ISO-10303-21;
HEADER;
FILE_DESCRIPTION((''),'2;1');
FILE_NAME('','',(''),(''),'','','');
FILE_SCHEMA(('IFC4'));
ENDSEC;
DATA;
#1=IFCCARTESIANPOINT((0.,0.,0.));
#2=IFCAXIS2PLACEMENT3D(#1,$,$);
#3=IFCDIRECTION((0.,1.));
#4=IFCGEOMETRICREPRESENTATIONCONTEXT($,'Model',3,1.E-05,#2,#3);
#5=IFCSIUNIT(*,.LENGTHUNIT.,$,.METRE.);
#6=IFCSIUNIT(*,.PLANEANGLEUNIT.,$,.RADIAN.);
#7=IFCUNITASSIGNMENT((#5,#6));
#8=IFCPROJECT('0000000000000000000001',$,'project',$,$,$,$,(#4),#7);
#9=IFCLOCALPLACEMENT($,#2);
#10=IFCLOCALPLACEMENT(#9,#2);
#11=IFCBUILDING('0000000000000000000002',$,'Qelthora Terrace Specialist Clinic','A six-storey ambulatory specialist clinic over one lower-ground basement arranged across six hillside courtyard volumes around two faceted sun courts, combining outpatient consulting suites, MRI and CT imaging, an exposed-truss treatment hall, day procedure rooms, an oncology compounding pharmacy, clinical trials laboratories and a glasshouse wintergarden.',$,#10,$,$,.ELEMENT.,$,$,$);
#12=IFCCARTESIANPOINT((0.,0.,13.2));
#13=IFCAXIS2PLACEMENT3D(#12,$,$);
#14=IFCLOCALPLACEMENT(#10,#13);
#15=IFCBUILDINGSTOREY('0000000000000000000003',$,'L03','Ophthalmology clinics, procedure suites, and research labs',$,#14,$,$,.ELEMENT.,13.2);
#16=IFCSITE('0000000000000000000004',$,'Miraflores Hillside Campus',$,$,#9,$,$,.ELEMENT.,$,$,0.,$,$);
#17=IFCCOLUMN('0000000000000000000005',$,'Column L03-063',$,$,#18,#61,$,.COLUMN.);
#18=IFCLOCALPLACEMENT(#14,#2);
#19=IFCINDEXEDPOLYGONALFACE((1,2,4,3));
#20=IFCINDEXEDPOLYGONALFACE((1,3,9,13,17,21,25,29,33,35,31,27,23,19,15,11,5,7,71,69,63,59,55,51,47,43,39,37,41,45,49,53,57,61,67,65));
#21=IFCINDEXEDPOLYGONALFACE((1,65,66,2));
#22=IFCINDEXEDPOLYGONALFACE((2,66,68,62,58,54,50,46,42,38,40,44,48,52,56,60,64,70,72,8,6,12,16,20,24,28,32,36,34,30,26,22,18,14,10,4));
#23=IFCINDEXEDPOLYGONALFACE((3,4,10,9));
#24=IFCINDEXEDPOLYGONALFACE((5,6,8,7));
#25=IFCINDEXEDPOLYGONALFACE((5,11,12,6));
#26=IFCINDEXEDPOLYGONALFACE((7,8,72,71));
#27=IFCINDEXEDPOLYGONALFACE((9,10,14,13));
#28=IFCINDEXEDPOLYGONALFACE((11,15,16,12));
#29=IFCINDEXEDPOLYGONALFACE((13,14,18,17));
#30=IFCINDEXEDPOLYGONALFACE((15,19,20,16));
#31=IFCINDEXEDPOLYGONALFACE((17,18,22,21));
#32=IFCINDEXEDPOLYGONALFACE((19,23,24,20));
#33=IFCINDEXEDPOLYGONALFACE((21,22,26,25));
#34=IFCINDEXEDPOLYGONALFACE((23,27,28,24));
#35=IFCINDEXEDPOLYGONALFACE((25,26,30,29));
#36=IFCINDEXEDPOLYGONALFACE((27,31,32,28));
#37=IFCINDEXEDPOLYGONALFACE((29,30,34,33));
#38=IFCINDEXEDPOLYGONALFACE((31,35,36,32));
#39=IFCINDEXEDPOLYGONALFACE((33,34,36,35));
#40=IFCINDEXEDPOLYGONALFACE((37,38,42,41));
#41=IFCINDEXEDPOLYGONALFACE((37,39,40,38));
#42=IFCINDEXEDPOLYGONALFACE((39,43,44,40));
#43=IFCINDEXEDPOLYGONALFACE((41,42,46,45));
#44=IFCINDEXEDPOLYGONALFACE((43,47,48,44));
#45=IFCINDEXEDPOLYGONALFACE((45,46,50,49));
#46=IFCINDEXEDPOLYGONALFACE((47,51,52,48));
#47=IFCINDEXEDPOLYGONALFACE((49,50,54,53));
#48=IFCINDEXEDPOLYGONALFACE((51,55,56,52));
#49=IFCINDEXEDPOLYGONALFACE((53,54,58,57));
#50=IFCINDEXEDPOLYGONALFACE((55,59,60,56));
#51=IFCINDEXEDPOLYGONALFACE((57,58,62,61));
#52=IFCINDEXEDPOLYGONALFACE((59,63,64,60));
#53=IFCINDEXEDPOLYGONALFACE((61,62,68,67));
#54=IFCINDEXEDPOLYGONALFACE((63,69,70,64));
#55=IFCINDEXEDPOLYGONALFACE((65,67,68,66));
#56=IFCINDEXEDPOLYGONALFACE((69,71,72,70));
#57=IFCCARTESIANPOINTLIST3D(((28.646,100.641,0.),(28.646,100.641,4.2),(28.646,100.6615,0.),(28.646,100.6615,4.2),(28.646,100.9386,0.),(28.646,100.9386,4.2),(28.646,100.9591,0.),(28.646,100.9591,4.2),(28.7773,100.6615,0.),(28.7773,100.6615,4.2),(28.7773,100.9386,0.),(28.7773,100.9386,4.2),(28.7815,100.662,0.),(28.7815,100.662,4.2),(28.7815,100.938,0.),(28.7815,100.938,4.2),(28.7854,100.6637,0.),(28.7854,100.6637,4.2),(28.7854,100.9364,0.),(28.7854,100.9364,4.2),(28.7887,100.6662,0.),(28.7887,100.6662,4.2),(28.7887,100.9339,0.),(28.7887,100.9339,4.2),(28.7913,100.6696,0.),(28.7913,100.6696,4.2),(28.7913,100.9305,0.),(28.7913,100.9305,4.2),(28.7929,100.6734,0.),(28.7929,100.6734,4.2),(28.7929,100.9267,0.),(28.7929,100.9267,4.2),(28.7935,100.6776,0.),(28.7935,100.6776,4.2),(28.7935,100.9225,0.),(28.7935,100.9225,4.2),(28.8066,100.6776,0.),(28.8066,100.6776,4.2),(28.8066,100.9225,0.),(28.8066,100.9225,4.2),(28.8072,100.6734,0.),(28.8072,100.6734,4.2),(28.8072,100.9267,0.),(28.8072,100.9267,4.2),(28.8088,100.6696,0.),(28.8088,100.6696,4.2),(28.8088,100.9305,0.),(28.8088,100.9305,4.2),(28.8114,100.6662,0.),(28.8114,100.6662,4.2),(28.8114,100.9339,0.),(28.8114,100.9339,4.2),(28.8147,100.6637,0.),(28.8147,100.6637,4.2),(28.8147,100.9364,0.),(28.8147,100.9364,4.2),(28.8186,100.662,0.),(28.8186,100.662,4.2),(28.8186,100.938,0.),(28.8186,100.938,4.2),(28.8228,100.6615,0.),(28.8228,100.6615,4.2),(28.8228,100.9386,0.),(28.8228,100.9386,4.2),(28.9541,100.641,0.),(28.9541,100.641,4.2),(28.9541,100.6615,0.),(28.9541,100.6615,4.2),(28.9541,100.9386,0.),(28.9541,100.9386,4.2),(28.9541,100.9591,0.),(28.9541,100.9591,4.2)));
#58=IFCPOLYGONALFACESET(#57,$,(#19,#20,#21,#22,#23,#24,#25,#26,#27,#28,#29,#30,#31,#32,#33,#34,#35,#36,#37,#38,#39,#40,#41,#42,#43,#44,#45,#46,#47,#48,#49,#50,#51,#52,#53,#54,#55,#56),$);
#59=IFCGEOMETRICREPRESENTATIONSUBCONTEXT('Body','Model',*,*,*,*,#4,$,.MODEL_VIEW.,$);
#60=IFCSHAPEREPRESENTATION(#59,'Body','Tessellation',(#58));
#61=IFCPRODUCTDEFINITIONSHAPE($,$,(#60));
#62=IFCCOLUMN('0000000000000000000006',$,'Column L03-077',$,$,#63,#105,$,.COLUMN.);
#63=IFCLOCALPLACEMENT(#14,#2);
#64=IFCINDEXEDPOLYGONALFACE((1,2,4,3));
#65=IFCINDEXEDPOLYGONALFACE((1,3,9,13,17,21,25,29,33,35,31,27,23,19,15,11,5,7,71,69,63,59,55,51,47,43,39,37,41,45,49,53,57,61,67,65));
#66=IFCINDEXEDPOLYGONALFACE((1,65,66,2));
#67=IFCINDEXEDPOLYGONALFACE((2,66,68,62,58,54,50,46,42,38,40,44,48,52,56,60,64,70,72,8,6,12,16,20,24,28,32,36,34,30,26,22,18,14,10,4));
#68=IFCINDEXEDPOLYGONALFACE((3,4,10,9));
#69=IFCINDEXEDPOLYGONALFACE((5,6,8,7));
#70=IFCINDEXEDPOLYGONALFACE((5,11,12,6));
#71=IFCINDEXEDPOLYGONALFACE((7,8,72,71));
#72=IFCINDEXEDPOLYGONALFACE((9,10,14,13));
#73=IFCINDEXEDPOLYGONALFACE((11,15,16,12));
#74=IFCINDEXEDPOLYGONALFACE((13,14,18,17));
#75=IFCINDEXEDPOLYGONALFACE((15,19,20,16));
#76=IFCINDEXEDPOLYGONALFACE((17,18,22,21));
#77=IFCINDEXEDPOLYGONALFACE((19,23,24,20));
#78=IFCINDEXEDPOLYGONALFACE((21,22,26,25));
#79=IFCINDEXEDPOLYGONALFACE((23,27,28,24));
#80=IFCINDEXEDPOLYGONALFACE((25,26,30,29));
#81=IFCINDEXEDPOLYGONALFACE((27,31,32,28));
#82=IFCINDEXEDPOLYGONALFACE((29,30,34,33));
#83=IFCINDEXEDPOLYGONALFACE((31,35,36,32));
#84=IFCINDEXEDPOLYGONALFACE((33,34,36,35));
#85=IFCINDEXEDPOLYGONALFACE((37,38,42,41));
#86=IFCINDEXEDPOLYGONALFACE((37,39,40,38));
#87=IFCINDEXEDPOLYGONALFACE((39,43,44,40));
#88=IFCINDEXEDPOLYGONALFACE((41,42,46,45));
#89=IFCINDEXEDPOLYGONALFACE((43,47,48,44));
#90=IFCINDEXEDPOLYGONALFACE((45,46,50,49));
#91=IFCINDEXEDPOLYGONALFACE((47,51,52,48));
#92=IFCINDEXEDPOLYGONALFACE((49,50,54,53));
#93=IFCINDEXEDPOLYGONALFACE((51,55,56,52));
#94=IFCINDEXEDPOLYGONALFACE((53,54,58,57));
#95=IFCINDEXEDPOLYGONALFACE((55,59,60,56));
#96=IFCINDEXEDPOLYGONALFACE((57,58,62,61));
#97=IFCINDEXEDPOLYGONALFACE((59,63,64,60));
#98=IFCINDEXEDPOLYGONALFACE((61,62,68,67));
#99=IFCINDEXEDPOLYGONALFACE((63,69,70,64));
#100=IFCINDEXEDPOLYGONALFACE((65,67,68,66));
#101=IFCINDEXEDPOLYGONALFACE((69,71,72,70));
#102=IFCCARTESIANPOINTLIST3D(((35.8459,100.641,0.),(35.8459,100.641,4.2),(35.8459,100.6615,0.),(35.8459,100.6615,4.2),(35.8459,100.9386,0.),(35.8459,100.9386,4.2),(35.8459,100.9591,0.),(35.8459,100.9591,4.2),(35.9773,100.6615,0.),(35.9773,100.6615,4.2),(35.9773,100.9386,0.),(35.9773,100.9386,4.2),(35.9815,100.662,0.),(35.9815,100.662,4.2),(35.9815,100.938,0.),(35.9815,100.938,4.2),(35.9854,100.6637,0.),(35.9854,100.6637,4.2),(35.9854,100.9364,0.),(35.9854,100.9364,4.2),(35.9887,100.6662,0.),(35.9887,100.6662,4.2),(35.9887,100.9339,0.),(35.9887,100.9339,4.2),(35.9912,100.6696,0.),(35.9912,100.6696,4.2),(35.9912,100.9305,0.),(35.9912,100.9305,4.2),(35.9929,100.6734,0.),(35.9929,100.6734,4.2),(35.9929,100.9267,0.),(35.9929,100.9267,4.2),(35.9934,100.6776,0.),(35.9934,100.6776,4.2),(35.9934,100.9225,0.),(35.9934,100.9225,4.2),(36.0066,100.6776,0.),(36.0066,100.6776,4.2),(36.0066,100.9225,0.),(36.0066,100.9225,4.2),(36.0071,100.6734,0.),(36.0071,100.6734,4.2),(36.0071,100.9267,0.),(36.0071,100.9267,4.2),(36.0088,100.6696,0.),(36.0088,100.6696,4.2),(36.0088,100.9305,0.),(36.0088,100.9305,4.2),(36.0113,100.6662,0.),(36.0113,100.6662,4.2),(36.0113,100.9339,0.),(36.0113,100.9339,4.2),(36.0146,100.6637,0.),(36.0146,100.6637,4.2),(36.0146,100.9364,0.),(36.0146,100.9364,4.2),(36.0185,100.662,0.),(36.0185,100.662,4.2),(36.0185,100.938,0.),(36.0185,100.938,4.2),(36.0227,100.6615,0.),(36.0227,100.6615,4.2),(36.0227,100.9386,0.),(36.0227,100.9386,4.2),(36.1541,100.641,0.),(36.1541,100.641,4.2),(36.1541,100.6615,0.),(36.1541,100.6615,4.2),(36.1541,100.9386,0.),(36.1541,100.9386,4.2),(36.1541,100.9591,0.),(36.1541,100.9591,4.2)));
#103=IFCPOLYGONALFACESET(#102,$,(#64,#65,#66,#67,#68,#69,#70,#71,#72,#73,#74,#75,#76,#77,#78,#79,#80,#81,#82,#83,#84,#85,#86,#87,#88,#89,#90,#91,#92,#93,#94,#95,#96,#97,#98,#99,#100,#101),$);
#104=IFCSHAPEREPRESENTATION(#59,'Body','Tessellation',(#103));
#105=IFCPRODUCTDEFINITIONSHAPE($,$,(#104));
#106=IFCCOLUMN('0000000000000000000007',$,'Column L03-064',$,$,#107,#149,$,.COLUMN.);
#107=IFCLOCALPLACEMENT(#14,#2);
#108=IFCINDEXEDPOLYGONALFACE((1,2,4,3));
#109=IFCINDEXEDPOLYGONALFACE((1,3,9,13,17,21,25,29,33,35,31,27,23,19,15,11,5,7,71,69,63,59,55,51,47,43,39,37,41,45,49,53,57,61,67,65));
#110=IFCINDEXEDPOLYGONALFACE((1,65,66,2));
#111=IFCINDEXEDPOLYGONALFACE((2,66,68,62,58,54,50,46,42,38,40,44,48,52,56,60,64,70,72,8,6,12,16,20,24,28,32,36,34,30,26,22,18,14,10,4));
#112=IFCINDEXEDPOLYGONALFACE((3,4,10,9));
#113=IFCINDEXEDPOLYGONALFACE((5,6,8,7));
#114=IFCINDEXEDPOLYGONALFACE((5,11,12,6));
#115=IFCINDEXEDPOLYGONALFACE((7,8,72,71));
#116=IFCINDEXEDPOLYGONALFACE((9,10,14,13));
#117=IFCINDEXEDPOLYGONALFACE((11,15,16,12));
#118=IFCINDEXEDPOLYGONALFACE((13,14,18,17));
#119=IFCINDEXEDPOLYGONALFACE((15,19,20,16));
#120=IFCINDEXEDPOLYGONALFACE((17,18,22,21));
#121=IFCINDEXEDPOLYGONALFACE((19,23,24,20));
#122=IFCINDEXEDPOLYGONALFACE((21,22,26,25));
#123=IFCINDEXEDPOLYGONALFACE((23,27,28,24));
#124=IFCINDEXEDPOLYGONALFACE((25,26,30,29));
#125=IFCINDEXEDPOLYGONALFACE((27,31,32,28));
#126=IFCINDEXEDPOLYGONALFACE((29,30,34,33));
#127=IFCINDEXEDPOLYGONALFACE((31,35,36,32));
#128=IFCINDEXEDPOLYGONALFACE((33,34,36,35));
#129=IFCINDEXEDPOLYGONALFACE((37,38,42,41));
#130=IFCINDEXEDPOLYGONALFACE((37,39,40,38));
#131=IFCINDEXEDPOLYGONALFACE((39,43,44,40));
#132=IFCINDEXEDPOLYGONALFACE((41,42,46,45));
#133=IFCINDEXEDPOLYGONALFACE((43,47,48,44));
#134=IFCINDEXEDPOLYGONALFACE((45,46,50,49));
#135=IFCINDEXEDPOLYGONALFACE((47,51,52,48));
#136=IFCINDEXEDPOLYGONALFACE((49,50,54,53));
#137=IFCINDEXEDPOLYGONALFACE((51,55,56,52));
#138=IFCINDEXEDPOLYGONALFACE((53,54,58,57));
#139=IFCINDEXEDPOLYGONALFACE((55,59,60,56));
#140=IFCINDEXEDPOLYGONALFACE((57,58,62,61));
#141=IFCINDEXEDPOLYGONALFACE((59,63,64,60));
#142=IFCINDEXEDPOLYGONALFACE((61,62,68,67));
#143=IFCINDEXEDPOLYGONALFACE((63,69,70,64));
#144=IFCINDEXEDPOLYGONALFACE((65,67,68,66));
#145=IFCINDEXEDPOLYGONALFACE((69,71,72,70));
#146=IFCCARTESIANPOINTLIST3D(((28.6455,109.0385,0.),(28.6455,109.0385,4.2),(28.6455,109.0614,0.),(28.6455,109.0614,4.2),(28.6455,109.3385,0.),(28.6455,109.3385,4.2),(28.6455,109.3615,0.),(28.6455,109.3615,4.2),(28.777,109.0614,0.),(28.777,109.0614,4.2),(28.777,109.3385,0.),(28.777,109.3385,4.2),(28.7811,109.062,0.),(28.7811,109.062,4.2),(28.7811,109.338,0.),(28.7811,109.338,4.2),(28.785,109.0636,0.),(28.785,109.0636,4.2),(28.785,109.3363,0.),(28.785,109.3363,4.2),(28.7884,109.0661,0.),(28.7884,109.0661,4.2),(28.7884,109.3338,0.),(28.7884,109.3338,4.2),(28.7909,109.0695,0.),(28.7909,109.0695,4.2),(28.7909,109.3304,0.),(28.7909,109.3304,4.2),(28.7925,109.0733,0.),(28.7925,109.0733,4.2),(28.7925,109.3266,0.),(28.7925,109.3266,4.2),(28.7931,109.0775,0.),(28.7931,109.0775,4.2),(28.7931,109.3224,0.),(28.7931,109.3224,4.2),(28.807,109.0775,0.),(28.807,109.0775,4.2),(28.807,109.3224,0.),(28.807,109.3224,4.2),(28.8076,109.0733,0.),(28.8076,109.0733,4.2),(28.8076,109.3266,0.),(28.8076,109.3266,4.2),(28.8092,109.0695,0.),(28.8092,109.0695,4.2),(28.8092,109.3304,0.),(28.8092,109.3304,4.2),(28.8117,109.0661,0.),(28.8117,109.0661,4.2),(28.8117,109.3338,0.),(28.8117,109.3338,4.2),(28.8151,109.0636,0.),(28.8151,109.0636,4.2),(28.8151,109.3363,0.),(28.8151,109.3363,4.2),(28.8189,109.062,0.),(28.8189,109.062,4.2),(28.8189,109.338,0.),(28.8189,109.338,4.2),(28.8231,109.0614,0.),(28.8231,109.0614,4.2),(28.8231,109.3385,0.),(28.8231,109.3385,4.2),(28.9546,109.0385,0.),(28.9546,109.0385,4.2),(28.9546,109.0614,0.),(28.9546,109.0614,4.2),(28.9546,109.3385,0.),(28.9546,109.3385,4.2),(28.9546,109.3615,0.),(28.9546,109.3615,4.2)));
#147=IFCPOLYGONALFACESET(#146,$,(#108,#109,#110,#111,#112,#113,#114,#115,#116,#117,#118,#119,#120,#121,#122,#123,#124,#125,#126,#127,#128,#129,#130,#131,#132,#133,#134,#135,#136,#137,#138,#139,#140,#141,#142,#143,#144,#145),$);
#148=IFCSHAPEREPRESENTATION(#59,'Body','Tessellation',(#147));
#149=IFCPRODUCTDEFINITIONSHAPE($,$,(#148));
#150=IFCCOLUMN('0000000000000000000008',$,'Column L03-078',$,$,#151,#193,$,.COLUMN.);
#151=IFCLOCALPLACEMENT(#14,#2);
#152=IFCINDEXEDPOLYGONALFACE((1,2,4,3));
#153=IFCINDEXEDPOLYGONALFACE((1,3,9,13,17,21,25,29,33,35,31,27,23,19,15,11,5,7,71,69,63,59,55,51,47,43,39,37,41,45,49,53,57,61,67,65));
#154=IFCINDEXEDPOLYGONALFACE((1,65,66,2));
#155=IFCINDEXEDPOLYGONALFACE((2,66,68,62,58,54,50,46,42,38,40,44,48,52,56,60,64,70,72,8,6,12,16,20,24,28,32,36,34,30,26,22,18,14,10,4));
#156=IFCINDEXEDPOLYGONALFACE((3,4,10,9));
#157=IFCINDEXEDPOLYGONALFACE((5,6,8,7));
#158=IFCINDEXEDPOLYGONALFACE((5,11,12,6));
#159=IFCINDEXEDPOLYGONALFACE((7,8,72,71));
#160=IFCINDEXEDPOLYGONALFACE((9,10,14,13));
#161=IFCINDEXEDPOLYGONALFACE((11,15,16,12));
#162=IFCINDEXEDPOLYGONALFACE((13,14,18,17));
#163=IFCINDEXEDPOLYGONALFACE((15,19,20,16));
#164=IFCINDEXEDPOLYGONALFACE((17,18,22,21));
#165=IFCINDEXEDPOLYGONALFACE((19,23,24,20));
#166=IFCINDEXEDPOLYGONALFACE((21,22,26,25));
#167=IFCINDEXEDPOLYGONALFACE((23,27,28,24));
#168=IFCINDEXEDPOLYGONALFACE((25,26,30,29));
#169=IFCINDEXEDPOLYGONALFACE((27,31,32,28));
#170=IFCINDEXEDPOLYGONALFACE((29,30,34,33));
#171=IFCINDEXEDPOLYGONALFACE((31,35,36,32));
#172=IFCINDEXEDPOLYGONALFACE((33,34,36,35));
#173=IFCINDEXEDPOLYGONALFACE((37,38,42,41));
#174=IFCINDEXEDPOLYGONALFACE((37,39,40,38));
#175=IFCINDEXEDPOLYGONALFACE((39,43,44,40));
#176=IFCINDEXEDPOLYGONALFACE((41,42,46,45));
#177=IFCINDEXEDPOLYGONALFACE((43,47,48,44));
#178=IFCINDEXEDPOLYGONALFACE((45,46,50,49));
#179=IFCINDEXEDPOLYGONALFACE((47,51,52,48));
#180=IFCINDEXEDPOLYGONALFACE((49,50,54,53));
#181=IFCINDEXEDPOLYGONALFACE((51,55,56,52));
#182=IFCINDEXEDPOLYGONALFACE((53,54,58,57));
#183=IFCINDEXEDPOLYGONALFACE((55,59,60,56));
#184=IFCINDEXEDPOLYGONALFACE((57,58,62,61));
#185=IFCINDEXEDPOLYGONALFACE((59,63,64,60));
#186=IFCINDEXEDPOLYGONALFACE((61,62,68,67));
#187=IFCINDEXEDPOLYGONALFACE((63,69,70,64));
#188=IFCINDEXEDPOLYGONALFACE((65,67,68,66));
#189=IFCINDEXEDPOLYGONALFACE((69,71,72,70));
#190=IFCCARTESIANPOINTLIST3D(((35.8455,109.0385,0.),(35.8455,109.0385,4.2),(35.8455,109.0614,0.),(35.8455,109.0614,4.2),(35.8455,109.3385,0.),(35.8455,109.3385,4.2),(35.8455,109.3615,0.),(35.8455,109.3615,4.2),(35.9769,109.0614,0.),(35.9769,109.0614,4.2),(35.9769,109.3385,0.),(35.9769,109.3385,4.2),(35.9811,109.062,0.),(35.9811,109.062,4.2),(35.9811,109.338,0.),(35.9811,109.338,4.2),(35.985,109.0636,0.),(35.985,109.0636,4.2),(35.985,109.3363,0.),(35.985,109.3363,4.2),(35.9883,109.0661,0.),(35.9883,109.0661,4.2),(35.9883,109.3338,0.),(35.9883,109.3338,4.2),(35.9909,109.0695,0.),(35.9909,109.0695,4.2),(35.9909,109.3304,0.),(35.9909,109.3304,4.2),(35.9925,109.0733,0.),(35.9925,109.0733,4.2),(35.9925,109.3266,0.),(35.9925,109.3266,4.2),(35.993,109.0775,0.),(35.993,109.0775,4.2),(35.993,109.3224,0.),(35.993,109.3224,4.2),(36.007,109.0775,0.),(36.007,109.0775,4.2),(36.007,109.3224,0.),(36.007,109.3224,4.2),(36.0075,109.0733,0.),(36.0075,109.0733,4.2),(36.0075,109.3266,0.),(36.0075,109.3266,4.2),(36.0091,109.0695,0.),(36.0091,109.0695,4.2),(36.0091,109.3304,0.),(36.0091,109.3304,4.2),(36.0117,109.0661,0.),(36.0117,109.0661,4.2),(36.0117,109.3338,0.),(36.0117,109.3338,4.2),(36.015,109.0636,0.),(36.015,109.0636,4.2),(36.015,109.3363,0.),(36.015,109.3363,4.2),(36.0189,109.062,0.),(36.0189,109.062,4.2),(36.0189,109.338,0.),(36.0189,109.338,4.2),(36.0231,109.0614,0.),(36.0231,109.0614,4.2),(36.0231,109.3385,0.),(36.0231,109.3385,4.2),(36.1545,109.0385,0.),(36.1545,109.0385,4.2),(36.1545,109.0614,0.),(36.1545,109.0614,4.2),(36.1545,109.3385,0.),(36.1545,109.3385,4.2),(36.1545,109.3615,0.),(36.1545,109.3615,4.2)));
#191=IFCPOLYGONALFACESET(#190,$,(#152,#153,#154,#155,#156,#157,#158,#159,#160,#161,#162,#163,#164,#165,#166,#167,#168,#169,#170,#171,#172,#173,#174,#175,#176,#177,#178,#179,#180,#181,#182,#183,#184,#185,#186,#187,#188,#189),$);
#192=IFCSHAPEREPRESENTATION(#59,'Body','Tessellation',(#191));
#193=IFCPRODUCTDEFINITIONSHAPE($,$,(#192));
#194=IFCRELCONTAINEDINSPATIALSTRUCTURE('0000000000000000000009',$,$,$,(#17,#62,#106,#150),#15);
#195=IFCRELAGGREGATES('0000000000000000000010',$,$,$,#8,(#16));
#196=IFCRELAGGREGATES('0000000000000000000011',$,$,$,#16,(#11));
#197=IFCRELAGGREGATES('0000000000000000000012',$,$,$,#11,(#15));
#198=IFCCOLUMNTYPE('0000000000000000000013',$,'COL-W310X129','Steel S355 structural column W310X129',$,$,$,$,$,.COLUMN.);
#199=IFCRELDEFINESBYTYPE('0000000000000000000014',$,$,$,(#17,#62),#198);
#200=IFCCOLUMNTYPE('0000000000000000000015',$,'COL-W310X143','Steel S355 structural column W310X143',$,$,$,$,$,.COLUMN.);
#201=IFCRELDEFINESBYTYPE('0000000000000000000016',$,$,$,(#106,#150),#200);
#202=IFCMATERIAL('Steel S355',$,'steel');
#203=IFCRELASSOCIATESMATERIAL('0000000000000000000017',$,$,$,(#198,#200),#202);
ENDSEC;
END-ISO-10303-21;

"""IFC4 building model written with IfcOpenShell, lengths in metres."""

from ifc_helpers import new_model, si_unit, direction, frame, origin, origin_2d, place, context, subcontext, project, spatial, i_section, extrude, material, material_profile, profile_set, type_object, element, save


model = new_model("IFC4")

# Units and contexts
model_context = context("Model", 3, precision=1e-05, world=origin(), true_north=direction((0.0, 1.0)))
body_context = subcontext(model_context, "Body", "Model", "MODEL_VIEW")
ifc_project = project(units=[si_unit("LENGTHUNIT", "METRE"), si_unit("PLANEANGLEUNIT", "RADIAN")], contexts=[model_context])

# Site, building, storey
site_placement = place(None, origin())
site = spatial("IfcSite", under=ifc_project, at=site_placement, Name="Miraflores Hillside Campus", CompositionType="ELEMENT", RefElevation=0.0)
building_placement = place(site_placement, origin())
building = spatial("IfcBuilding", under=site, at=building_placement, Name="Qelthora Terrace Specialist Clinic", Description="A six-storey ambulatory specialist clinic over one lower-ground basement arranged across six hillside courtyard volumes around two faceted sun courts, combining outpatient consulting suites, MRI and CT imaging, an exposed-truss treatment hall, day procedure rooms, an oncology compounding pharmacy, clinical trials laboratories and a glasshouse wintergarden.", CompositionType="ELEMENT")
storey_placement = place(building_placement, frame((0.0, 0.0, 13.2)))
storey = spatial("IfcBuildingStorey", under=building, at=storey_placement, Name="L03", Description="Ophthalmology clinics, procedure suites, and research labs", CompositionType="ELEMENT", Elevation=13.2)

# Columns
ifc_material_1 = material(Name="Steel S355", Category="steel")
ifc_material_profile_1 = material_profile(ifc_material_1, i_section(OverallWidth=0.3081, OverallDepth=0.3181, WebThickness=0.0132, FlangeThickness=0.0205, FilletRadius=0.0161, at=origin_2d()), Name="W310X129")
ifc_profile_set_1 = profile_set([ifc_material_profile_1], Name="Steel S355")
column_type_1 = type_object("IfcColumnType", Name="COL-W310X129", Description="Steel S355 structural column W310X129", PredefinedType="COLUMN", material=ifc_profile_set_1)
for number, where, z_axis, x_axis, name in (
    (1, (28.8, 100.8, 0.0), (0.0, 0.0, 1.0), (1.0, 0.0, 0.0), "Column L03-063"),
    (2, (36.0, 100.8, 0.0), (0.0, 0.0, 1.0), (1.0, 0.0, 0.0), "Column L03-077"),
):
    element("IfcColumn", number, at=place(storey_placement, frame(where, z_axis=z_axis, x_axis=x_axis)), inside=storey, type_object=column_type_1, Name=name, PredefinedType="COLUMN", context=body_context, shape_type="SweptSolid", body=[
        extrude(i_section(OverallWidth=0.3081, OverallDepth=0.3181, WebThickness=0.0132, FlangeThickness=0.0205, FilletRadius=0.0161, at=origin_2d()), origin(), (0.0, 0.0, 1.0), 4.2),
    ])
ifc_material_profile_2 = material_profile(ifc_material_1, i_section(OverallWidth=0.3091, OverallDepth=0.323, WebThickness=0.0139, FlangeThickness=0.0229, FilletRadius=0.0161, at=origin_2d()), Name="W310X143")
ifc_profile_set_2 = profile_set([ifc_material_profile_2], Name="Steel S355")
column_type_2 = type_object("IfcColumnType", Name="COL-W310X143", Description="Steel S355 structural column W310X143", PredefinedType="COLUMN", material=ifc_profile_set_2)
for number, where, z_axis, x_axis, name in (
    (3, (28.8, 109.2, 0.0), (0.0, 0.0, 1.0), (1.0, 0.0, 0.0), "Column L03-064"),
    (4, (36.0, 109.2, 0.0), (0.0, 0.0, 1.0), (1.0, 0.0, 0.0), "Column L03-078"),
):
    element("IfcColumn", number, at=place(storey_placement, frame(where, z_axis=z_axis, x_axis=x_axis)), inside=storey, type_object=column_type_2, Name=name, PredefinedType="COLUMN", context=body_context, shape_type="SweptSolid", body=[
        extrude(i_section(OverallWidth=0.3091, OverallDepth=0.323, WebThickness=0.0139, FlangeThickness=0.0229, FilletRadius=0.0161, at=origin_2d()), origin(), (0.0, 0.0, 1.0), 4.2),
    ])

save(model, "model.ifc")
